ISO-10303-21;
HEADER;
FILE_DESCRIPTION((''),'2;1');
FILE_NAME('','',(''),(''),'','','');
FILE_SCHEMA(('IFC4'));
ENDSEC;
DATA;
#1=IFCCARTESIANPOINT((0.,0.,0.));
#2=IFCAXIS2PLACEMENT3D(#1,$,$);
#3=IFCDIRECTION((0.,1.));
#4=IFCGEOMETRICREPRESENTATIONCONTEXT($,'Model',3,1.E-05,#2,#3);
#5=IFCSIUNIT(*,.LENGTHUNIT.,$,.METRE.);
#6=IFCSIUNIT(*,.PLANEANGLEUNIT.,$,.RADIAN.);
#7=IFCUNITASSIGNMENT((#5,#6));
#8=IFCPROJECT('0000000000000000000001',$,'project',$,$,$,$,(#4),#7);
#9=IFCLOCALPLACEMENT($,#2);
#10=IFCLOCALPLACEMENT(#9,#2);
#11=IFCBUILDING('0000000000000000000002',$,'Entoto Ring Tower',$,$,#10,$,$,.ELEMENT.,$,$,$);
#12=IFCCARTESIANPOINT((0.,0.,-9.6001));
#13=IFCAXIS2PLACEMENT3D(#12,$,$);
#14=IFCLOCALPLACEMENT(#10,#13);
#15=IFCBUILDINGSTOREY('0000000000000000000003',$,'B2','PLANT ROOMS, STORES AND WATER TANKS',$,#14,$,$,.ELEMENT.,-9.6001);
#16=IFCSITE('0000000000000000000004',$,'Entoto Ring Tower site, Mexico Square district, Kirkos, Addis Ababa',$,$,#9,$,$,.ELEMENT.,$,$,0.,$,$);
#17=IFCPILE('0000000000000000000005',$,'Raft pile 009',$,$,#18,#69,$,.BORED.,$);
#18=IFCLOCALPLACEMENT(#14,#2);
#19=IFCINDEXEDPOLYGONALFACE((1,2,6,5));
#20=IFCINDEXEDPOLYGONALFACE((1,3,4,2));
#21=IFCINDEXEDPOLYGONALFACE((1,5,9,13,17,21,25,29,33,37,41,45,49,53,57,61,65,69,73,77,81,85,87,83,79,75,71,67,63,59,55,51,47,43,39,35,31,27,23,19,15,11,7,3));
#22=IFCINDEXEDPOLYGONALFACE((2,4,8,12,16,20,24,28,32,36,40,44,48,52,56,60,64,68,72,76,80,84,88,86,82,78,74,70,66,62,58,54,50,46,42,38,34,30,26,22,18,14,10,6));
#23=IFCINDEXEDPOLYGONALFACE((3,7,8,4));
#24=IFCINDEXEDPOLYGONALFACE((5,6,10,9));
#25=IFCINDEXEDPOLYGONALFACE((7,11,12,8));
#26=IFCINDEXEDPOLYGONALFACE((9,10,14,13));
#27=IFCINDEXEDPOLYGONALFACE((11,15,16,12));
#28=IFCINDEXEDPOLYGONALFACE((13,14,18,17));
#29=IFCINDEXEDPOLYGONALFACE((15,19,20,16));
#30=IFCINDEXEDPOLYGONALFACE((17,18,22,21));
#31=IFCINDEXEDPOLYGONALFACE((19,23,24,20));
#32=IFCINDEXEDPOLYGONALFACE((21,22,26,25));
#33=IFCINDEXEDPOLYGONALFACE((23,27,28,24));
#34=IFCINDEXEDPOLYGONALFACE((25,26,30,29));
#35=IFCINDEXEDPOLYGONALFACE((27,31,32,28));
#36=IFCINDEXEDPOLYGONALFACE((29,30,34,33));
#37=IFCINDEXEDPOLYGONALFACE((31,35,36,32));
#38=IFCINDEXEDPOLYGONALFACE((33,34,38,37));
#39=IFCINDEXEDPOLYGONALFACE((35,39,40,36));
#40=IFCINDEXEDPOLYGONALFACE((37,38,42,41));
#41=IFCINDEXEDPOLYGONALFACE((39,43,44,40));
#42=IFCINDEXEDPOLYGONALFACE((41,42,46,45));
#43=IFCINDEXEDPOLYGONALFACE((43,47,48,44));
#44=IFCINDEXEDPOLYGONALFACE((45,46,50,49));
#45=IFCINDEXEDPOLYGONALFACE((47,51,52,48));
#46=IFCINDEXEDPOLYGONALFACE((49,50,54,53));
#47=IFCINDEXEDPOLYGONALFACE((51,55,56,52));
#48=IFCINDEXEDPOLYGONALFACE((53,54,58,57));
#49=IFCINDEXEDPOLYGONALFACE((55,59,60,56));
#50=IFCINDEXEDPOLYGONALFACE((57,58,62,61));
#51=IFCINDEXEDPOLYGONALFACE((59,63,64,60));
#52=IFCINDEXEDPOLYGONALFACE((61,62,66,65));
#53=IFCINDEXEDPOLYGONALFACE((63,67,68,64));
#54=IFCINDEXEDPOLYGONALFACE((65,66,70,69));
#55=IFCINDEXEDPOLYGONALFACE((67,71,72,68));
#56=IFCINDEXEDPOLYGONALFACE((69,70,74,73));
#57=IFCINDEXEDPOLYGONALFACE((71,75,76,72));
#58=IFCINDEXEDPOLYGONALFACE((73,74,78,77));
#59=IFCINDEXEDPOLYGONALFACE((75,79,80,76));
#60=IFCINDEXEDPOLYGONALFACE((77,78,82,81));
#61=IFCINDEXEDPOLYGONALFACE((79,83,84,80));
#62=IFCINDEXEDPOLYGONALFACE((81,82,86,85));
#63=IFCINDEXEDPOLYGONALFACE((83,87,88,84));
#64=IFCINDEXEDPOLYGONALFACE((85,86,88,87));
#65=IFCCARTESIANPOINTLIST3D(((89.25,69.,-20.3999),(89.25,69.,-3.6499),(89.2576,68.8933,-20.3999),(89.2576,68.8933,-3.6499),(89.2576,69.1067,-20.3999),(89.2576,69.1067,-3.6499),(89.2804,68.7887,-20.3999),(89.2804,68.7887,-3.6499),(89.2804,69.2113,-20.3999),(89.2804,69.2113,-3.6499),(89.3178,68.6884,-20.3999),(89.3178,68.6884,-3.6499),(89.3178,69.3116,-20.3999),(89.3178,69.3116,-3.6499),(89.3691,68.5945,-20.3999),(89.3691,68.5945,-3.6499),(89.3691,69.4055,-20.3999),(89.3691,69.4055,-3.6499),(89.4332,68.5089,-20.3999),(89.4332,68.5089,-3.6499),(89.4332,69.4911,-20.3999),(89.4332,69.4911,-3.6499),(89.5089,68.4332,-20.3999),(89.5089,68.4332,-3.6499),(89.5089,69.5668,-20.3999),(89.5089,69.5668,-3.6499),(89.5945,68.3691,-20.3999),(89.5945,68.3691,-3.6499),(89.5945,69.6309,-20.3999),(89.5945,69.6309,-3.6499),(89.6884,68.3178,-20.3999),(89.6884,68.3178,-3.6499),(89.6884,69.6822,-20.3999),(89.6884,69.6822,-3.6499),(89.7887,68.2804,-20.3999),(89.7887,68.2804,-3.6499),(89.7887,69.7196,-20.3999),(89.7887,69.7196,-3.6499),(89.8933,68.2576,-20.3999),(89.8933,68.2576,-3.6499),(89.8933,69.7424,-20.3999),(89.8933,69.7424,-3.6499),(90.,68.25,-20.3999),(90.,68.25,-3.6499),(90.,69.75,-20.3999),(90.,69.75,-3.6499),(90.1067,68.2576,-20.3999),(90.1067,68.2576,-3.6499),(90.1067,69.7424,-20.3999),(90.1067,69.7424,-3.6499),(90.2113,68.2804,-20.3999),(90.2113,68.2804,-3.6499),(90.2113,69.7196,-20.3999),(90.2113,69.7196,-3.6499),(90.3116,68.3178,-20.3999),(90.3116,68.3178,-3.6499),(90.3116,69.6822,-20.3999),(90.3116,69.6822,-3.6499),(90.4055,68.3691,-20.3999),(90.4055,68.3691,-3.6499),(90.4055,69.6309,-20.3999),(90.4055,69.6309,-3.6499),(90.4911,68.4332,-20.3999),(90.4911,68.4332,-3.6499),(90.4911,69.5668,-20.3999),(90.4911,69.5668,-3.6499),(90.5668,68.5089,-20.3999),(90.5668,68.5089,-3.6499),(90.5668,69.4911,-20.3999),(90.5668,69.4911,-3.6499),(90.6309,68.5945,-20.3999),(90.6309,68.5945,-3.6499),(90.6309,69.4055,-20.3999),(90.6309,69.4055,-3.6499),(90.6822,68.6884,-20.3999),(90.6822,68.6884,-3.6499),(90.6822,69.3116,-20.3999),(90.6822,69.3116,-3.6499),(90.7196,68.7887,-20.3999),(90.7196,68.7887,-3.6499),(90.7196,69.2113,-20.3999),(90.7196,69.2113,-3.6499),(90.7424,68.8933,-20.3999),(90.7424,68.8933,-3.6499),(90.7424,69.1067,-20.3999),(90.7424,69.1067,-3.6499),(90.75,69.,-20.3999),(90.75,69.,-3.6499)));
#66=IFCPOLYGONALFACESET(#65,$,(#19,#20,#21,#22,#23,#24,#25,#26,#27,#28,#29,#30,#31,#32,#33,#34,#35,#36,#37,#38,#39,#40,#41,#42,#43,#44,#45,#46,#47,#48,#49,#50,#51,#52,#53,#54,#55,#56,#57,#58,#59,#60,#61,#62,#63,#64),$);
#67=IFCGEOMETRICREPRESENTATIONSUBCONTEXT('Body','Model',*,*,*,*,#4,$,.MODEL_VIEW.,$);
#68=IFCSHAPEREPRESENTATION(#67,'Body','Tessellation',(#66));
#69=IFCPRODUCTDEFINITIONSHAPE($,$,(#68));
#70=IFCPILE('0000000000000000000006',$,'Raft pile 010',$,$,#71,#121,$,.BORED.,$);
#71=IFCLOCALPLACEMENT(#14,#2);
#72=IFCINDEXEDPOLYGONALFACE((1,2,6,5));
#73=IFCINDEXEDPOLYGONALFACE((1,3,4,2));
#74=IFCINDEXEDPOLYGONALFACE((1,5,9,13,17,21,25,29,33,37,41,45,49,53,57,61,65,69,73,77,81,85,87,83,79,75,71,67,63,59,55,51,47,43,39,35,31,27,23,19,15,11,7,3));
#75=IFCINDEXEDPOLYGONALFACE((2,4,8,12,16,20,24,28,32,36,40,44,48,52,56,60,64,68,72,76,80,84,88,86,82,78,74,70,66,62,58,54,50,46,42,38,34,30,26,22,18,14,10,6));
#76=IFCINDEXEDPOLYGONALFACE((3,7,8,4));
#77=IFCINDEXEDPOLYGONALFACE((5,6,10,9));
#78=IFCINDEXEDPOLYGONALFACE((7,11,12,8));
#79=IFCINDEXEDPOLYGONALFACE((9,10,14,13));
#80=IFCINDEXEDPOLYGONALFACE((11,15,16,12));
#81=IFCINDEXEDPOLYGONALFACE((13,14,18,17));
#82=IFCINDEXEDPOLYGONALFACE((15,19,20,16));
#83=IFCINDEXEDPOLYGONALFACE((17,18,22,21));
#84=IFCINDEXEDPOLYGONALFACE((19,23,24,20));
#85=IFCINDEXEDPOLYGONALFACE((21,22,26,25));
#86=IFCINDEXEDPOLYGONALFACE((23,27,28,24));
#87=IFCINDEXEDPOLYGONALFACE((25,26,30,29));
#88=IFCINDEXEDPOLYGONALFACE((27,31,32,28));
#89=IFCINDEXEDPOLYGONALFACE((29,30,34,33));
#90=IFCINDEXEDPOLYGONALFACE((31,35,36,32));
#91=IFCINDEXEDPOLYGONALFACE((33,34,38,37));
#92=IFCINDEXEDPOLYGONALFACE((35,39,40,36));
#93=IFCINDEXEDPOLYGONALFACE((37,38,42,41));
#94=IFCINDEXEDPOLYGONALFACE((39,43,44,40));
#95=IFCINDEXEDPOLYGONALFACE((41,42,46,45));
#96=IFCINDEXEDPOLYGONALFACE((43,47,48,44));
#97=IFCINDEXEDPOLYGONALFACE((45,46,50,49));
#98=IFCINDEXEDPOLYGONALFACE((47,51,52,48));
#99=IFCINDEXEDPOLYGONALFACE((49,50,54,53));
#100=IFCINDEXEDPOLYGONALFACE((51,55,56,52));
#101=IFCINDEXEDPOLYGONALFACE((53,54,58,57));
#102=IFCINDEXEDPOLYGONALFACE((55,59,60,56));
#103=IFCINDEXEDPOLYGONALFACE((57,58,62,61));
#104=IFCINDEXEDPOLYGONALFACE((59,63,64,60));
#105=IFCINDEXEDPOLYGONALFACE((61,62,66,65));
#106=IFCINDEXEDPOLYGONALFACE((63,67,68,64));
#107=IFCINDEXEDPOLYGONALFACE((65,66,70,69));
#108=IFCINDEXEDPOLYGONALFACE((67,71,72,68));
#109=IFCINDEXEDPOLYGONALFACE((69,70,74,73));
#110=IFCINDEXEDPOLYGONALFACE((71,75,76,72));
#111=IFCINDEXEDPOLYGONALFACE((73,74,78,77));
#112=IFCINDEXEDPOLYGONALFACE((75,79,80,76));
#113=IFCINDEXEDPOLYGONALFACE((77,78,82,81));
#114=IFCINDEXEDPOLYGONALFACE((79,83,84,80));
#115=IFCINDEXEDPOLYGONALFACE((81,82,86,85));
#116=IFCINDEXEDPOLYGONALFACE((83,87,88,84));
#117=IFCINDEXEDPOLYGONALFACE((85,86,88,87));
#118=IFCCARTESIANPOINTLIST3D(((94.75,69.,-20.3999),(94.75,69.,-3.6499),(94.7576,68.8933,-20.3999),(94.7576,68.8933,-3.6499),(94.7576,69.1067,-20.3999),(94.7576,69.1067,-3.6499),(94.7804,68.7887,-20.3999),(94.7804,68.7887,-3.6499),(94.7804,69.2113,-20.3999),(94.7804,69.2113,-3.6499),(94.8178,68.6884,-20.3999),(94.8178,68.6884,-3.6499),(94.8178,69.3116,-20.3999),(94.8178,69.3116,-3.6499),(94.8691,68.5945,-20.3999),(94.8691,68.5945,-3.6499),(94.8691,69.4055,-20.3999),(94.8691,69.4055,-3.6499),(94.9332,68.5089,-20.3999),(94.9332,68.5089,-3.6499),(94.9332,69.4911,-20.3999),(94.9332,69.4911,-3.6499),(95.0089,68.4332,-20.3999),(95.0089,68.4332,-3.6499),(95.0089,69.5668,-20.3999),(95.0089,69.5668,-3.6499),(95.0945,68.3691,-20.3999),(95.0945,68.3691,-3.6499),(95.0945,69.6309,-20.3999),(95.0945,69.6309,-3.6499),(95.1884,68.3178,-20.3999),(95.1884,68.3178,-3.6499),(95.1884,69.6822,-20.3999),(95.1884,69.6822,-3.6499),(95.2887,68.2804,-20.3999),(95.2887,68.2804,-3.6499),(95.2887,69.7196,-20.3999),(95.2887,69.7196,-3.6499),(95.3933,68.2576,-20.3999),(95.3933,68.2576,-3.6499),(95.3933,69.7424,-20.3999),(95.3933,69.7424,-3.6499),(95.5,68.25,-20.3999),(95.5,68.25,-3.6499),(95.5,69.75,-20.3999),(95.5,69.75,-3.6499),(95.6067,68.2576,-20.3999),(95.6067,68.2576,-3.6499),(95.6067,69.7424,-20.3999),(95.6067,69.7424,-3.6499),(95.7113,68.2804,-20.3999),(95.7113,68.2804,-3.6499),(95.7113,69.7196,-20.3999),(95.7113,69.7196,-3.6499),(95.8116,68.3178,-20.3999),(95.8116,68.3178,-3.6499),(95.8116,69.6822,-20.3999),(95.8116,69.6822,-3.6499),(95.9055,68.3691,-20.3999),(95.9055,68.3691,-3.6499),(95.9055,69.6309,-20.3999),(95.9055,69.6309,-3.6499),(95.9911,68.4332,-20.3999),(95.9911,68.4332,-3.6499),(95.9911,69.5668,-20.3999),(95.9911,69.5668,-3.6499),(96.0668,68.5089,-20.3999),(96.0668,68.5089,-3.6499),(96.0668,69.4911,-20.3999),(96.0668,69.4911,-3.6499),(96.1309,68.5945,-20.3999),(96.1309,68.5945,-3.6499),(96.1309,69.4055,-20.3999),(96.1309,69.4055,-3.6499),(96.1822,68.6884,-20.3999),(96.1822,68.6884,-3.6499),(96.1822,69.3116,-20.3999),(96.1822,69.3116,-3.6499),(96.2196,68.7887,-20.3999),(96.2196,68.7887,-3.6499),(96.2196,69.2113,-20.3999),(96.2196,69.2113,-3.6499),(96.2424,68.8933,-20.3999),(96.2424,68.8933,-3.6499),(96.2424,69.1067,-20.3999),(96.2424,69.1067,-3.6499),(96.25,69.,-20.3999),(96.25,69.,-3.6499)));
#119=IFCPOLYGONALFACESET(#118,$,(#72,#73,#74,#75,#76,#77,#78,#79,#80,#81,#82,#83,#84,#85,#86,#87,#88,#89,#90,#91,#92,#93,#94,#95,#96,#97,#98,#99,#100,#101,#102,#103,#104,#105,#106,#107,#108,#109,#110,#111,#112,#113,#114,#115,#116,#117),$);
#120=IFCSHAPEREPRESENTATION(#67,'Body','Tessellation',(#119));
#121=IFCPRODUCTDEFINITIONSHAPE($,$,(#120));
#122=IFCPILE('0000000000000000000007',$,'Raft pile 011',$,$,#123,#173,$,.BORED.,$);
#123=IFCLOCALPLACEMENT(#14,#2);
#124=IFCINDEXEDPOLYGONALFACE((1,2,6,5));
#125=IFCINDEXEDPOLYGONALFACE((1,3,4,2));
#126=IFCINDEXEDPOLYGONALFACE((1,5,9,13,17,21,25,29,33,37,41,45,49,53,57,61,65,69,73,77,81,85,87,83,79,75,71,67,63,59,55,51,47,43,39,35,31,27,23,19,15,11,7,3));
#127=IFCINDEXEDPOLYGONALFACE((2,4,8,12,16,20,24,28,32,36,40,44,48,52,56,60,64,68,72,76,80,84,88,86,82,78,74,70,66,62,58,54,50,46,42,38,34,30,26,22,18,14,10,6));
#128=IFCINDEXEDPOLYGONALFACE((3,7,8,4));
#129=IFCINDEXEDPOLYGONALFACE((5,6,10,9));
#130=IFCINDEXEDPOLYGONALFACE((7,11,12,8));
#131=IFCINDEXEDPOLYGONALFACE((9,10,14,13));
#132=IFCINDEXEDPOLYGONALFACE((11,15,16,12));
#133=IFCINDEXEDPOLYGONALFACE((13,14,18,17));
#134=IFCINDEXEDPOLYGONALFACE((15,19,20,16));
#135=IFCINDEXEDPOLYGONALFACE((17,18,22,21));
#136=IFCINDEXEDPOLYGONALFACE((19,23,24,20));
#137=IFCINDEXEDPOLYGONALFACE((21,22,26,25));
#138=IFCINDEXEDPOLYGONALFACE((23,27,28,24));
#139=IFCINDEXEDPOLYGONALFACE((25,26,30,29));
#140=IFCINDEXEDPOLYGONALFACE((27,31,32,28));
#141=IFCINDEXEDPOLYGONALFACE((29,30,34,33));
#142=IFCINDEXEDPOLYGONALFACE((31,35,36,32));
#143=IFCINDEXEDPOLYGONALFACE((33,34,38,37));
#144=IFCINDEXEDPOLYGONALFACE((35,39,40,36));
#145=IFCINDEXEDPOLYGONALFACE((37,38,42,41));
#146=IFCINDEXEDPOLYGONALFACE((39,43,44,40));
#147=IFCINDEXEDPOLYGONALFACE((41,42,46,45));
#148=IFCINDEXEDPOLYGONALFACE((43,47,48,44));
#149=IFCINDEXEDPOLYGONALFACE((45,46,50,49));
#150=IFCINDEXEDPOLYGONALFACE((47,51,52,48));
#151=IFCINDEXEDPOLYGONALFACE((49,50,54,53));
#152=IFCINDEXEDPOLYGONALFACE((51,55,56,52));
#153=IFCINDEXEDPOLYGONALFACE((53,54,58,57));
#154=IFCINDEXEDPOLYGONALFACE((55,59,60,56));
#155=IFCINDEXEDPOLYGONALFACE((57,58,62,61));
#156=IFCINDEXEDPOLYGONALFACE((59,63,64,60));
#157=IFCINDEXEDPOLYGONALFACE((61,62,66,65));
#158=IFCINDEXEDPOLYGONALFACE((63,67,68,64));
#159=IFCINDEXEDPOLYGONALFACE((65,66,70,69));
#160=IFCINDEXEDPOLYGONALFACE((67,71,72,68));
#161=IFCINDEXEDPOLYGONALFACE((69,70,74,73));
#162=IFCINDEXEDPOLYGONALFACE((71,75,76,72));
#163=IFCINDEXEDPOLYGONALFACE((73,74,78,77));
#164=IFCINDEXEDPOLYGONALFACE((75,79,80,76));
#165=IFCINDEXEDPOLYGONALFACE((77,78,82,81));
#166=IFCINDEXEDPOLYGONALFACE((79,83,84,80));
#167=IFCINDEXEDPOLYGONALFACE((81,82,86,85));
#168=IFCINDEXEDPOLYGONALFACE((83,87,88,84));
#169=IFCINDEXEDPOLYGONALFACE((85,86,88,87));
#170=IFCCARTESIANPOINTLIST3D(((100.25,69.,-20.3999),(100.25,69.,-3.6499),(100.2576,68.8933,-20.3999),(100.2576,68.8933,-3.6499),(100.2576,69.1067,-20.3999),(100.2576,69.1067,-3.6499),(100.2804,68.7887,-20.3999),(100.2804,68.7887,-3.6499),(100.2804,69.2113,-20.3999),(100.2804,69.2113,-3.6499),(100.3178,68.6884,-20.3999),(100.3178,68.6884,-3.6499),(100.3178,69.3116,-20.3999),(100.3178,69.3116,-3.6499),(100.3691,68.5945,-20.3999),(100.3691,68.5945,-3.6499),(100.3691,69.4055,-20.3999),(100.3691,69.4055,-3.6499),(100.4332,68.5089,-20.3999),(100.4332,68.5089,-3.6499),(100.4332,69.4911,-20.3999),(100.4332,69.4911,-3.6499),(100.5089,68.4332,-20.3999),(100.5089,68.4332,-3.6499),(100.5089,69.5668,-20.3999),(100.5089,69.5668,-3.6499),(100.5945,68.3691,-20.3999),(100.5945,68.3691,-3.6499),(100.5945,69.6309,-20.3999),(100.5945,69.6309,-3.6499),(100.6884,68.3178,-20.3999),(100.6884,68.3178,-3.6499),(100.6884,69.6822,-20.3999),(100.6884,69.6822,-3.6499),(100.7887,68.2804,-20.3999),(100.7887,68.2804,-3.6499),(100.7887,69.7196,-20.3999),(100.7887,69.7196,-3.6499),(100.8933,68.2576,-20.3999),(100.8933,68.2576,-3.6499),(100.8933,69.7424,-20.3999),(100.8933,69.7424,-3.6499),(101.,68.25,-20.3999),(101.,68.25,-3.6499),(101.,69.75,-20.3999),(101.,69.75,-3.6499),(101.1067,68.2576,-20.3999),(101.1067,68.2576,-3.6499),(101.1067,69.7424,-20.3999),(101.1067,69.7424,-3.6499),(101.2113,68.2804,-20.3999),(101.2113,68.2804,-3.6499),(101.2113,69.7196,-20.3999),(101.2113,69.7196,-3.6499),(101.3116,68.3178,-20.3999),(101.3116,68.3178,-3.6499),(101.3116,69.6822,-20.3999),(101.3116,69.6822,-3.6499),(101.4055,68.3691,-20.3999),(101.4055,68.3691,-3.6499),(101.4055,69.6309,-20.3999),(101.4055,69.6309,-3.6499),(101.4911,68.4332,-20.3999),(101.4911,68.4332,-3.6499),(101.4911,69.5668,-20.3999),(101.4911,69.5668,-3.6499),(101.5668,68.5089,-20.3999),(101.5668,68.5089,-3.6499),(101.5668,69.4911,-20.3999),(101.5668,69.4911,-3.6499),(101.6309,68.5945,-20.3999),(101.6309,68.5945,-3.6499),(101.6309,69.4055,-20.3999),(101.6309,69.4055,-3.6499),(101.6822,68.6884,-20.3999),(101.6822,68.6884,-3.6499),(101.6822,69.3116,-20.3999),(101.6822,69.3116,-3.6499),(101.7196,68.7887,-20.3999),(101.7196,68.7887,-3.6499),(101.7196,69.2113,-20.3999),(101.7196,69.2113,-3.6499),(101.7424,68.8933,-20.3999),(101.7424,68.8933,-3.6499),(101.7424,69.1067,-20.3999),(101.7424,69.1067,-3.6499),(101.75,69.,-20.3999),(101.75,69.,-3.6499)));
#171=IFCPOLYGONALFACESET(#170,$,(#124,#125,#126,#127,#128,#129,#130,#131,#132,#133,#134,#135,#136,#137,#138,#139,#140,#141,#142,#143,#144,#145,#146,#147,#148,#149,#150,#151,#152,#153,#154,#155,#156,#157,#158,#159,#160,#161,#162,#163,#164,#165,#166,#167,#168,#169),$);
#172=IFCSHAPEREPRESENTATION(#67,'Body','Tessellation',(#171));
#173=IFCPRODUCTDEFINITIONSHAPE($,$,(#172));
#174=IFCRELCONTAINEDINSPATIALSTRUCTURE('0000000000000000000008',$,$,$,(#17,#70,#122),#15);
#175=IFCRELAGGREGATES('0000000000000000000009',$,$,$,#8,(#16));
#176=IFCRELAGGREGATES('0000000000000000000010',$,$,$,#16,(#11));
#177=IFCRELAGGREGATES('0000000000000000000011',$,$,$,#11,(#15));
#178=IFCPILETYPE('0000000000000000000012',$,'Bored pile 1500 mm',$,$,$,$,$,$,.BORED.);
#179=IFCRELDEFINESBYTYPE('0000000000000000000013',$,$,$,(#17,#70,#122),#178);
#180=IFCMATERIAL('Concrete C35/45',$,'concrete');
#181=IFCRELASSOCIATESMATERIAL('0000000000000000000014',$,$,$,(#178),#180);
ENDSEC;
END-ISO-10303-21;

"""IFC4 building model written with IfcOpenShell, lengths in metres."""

from ifc_helpers import new_model, si_unit, direction, frame, origin, origin_2d, place, context, subcontext, project, spatial, circle, extrude, material, material_profile, profile_set, type_object, element, save


model = new_model("IFC4")

# Units and contexts
model_context = context("Model", 3, precision=1e-05, world=origin(), true_north=direction((0.0, 1.0)))
body_context = subcontext(model_context, "Body", "Model", "MODEL_VIEW")
ifc_project = project(units=[si_unit("LENGTHUNIT", "METRE"), si_unit("PLANEANGLEUNIT", "RADIAN")], contexts=[model_context])

# Site, building, storey
site_placement = place(None, origin())
site = spatial("IfcSite", under=ifc_project, at=site_placement, Name="Entoto Ring Tower site, Mexico Square district, Kirkos, Addis Ababa", CompositionType="ELEMENT", RefElevation=0.0)
building_placement = place(site_placement, origin())
building = spatial("IfcBuilding", under=site, at=building_placement, Name="Entoto Ring Tower", CompositionType="ELEMENT")
storey_placement = place(building_placement, frame((0.0, 0.0, -9.6001)))
storey = spatial("IfcBuildingStorey", under=building, at=storey_placement, Name="B2", Description="PLANT ROOMS, STORES AND WATER TANKS", CompositionType="ELEMENT", Elevation=-9.6001)

# Piles
ifc_material_1 = material(Name="Concrete C35/45", Category="concrete")
ifc_material_profile = material_profile(ifc_material_1, circle(Radius=0.75, at=origin_2d()), Name="Bored pile 1500 mm")
ifc_profile_set = profile_set([ifc_material_profile], Name="Concrete C35/45")
pile_type = type_object("IfcPileType", Name="Bored pile 1500 mm", PredefinedType="BORED", material=ifc_profile_set)
for number, where, z_axis, x_axis, name in (
    (1, (90.0, 69.0, -3.6499), (0.0, 0.0, -1.0), (1.0, 0.0, 0.0), "Raft pile 009"),
    (2, (95.5, 69.0, -3.6499), (0.0, 0.0, -1.0), (1.0, 0.0, 0.0), "Raft pile 010"),
    (3, (101.0, 69.0, -3.6499), (0.0, 0.0, -1.0), (1.0, 0.0, 0.0), "Raft pile 011"),
):
    element("IfcPile", number, at=place(storey_placement, frame(where, z_axis=z_axis, x_axis=x_axis)), inside=storey, type_object=pile_type, Name=name, PredefinedType="BORED", context=body_context, shape_type="SweptSolid", body=[
        extrude(circle(Radius=0.75, at=origin_2d()), origin(), (0.0, 0.0, 1.0), 16.75),
    ])

save(model, "model.ifc")
